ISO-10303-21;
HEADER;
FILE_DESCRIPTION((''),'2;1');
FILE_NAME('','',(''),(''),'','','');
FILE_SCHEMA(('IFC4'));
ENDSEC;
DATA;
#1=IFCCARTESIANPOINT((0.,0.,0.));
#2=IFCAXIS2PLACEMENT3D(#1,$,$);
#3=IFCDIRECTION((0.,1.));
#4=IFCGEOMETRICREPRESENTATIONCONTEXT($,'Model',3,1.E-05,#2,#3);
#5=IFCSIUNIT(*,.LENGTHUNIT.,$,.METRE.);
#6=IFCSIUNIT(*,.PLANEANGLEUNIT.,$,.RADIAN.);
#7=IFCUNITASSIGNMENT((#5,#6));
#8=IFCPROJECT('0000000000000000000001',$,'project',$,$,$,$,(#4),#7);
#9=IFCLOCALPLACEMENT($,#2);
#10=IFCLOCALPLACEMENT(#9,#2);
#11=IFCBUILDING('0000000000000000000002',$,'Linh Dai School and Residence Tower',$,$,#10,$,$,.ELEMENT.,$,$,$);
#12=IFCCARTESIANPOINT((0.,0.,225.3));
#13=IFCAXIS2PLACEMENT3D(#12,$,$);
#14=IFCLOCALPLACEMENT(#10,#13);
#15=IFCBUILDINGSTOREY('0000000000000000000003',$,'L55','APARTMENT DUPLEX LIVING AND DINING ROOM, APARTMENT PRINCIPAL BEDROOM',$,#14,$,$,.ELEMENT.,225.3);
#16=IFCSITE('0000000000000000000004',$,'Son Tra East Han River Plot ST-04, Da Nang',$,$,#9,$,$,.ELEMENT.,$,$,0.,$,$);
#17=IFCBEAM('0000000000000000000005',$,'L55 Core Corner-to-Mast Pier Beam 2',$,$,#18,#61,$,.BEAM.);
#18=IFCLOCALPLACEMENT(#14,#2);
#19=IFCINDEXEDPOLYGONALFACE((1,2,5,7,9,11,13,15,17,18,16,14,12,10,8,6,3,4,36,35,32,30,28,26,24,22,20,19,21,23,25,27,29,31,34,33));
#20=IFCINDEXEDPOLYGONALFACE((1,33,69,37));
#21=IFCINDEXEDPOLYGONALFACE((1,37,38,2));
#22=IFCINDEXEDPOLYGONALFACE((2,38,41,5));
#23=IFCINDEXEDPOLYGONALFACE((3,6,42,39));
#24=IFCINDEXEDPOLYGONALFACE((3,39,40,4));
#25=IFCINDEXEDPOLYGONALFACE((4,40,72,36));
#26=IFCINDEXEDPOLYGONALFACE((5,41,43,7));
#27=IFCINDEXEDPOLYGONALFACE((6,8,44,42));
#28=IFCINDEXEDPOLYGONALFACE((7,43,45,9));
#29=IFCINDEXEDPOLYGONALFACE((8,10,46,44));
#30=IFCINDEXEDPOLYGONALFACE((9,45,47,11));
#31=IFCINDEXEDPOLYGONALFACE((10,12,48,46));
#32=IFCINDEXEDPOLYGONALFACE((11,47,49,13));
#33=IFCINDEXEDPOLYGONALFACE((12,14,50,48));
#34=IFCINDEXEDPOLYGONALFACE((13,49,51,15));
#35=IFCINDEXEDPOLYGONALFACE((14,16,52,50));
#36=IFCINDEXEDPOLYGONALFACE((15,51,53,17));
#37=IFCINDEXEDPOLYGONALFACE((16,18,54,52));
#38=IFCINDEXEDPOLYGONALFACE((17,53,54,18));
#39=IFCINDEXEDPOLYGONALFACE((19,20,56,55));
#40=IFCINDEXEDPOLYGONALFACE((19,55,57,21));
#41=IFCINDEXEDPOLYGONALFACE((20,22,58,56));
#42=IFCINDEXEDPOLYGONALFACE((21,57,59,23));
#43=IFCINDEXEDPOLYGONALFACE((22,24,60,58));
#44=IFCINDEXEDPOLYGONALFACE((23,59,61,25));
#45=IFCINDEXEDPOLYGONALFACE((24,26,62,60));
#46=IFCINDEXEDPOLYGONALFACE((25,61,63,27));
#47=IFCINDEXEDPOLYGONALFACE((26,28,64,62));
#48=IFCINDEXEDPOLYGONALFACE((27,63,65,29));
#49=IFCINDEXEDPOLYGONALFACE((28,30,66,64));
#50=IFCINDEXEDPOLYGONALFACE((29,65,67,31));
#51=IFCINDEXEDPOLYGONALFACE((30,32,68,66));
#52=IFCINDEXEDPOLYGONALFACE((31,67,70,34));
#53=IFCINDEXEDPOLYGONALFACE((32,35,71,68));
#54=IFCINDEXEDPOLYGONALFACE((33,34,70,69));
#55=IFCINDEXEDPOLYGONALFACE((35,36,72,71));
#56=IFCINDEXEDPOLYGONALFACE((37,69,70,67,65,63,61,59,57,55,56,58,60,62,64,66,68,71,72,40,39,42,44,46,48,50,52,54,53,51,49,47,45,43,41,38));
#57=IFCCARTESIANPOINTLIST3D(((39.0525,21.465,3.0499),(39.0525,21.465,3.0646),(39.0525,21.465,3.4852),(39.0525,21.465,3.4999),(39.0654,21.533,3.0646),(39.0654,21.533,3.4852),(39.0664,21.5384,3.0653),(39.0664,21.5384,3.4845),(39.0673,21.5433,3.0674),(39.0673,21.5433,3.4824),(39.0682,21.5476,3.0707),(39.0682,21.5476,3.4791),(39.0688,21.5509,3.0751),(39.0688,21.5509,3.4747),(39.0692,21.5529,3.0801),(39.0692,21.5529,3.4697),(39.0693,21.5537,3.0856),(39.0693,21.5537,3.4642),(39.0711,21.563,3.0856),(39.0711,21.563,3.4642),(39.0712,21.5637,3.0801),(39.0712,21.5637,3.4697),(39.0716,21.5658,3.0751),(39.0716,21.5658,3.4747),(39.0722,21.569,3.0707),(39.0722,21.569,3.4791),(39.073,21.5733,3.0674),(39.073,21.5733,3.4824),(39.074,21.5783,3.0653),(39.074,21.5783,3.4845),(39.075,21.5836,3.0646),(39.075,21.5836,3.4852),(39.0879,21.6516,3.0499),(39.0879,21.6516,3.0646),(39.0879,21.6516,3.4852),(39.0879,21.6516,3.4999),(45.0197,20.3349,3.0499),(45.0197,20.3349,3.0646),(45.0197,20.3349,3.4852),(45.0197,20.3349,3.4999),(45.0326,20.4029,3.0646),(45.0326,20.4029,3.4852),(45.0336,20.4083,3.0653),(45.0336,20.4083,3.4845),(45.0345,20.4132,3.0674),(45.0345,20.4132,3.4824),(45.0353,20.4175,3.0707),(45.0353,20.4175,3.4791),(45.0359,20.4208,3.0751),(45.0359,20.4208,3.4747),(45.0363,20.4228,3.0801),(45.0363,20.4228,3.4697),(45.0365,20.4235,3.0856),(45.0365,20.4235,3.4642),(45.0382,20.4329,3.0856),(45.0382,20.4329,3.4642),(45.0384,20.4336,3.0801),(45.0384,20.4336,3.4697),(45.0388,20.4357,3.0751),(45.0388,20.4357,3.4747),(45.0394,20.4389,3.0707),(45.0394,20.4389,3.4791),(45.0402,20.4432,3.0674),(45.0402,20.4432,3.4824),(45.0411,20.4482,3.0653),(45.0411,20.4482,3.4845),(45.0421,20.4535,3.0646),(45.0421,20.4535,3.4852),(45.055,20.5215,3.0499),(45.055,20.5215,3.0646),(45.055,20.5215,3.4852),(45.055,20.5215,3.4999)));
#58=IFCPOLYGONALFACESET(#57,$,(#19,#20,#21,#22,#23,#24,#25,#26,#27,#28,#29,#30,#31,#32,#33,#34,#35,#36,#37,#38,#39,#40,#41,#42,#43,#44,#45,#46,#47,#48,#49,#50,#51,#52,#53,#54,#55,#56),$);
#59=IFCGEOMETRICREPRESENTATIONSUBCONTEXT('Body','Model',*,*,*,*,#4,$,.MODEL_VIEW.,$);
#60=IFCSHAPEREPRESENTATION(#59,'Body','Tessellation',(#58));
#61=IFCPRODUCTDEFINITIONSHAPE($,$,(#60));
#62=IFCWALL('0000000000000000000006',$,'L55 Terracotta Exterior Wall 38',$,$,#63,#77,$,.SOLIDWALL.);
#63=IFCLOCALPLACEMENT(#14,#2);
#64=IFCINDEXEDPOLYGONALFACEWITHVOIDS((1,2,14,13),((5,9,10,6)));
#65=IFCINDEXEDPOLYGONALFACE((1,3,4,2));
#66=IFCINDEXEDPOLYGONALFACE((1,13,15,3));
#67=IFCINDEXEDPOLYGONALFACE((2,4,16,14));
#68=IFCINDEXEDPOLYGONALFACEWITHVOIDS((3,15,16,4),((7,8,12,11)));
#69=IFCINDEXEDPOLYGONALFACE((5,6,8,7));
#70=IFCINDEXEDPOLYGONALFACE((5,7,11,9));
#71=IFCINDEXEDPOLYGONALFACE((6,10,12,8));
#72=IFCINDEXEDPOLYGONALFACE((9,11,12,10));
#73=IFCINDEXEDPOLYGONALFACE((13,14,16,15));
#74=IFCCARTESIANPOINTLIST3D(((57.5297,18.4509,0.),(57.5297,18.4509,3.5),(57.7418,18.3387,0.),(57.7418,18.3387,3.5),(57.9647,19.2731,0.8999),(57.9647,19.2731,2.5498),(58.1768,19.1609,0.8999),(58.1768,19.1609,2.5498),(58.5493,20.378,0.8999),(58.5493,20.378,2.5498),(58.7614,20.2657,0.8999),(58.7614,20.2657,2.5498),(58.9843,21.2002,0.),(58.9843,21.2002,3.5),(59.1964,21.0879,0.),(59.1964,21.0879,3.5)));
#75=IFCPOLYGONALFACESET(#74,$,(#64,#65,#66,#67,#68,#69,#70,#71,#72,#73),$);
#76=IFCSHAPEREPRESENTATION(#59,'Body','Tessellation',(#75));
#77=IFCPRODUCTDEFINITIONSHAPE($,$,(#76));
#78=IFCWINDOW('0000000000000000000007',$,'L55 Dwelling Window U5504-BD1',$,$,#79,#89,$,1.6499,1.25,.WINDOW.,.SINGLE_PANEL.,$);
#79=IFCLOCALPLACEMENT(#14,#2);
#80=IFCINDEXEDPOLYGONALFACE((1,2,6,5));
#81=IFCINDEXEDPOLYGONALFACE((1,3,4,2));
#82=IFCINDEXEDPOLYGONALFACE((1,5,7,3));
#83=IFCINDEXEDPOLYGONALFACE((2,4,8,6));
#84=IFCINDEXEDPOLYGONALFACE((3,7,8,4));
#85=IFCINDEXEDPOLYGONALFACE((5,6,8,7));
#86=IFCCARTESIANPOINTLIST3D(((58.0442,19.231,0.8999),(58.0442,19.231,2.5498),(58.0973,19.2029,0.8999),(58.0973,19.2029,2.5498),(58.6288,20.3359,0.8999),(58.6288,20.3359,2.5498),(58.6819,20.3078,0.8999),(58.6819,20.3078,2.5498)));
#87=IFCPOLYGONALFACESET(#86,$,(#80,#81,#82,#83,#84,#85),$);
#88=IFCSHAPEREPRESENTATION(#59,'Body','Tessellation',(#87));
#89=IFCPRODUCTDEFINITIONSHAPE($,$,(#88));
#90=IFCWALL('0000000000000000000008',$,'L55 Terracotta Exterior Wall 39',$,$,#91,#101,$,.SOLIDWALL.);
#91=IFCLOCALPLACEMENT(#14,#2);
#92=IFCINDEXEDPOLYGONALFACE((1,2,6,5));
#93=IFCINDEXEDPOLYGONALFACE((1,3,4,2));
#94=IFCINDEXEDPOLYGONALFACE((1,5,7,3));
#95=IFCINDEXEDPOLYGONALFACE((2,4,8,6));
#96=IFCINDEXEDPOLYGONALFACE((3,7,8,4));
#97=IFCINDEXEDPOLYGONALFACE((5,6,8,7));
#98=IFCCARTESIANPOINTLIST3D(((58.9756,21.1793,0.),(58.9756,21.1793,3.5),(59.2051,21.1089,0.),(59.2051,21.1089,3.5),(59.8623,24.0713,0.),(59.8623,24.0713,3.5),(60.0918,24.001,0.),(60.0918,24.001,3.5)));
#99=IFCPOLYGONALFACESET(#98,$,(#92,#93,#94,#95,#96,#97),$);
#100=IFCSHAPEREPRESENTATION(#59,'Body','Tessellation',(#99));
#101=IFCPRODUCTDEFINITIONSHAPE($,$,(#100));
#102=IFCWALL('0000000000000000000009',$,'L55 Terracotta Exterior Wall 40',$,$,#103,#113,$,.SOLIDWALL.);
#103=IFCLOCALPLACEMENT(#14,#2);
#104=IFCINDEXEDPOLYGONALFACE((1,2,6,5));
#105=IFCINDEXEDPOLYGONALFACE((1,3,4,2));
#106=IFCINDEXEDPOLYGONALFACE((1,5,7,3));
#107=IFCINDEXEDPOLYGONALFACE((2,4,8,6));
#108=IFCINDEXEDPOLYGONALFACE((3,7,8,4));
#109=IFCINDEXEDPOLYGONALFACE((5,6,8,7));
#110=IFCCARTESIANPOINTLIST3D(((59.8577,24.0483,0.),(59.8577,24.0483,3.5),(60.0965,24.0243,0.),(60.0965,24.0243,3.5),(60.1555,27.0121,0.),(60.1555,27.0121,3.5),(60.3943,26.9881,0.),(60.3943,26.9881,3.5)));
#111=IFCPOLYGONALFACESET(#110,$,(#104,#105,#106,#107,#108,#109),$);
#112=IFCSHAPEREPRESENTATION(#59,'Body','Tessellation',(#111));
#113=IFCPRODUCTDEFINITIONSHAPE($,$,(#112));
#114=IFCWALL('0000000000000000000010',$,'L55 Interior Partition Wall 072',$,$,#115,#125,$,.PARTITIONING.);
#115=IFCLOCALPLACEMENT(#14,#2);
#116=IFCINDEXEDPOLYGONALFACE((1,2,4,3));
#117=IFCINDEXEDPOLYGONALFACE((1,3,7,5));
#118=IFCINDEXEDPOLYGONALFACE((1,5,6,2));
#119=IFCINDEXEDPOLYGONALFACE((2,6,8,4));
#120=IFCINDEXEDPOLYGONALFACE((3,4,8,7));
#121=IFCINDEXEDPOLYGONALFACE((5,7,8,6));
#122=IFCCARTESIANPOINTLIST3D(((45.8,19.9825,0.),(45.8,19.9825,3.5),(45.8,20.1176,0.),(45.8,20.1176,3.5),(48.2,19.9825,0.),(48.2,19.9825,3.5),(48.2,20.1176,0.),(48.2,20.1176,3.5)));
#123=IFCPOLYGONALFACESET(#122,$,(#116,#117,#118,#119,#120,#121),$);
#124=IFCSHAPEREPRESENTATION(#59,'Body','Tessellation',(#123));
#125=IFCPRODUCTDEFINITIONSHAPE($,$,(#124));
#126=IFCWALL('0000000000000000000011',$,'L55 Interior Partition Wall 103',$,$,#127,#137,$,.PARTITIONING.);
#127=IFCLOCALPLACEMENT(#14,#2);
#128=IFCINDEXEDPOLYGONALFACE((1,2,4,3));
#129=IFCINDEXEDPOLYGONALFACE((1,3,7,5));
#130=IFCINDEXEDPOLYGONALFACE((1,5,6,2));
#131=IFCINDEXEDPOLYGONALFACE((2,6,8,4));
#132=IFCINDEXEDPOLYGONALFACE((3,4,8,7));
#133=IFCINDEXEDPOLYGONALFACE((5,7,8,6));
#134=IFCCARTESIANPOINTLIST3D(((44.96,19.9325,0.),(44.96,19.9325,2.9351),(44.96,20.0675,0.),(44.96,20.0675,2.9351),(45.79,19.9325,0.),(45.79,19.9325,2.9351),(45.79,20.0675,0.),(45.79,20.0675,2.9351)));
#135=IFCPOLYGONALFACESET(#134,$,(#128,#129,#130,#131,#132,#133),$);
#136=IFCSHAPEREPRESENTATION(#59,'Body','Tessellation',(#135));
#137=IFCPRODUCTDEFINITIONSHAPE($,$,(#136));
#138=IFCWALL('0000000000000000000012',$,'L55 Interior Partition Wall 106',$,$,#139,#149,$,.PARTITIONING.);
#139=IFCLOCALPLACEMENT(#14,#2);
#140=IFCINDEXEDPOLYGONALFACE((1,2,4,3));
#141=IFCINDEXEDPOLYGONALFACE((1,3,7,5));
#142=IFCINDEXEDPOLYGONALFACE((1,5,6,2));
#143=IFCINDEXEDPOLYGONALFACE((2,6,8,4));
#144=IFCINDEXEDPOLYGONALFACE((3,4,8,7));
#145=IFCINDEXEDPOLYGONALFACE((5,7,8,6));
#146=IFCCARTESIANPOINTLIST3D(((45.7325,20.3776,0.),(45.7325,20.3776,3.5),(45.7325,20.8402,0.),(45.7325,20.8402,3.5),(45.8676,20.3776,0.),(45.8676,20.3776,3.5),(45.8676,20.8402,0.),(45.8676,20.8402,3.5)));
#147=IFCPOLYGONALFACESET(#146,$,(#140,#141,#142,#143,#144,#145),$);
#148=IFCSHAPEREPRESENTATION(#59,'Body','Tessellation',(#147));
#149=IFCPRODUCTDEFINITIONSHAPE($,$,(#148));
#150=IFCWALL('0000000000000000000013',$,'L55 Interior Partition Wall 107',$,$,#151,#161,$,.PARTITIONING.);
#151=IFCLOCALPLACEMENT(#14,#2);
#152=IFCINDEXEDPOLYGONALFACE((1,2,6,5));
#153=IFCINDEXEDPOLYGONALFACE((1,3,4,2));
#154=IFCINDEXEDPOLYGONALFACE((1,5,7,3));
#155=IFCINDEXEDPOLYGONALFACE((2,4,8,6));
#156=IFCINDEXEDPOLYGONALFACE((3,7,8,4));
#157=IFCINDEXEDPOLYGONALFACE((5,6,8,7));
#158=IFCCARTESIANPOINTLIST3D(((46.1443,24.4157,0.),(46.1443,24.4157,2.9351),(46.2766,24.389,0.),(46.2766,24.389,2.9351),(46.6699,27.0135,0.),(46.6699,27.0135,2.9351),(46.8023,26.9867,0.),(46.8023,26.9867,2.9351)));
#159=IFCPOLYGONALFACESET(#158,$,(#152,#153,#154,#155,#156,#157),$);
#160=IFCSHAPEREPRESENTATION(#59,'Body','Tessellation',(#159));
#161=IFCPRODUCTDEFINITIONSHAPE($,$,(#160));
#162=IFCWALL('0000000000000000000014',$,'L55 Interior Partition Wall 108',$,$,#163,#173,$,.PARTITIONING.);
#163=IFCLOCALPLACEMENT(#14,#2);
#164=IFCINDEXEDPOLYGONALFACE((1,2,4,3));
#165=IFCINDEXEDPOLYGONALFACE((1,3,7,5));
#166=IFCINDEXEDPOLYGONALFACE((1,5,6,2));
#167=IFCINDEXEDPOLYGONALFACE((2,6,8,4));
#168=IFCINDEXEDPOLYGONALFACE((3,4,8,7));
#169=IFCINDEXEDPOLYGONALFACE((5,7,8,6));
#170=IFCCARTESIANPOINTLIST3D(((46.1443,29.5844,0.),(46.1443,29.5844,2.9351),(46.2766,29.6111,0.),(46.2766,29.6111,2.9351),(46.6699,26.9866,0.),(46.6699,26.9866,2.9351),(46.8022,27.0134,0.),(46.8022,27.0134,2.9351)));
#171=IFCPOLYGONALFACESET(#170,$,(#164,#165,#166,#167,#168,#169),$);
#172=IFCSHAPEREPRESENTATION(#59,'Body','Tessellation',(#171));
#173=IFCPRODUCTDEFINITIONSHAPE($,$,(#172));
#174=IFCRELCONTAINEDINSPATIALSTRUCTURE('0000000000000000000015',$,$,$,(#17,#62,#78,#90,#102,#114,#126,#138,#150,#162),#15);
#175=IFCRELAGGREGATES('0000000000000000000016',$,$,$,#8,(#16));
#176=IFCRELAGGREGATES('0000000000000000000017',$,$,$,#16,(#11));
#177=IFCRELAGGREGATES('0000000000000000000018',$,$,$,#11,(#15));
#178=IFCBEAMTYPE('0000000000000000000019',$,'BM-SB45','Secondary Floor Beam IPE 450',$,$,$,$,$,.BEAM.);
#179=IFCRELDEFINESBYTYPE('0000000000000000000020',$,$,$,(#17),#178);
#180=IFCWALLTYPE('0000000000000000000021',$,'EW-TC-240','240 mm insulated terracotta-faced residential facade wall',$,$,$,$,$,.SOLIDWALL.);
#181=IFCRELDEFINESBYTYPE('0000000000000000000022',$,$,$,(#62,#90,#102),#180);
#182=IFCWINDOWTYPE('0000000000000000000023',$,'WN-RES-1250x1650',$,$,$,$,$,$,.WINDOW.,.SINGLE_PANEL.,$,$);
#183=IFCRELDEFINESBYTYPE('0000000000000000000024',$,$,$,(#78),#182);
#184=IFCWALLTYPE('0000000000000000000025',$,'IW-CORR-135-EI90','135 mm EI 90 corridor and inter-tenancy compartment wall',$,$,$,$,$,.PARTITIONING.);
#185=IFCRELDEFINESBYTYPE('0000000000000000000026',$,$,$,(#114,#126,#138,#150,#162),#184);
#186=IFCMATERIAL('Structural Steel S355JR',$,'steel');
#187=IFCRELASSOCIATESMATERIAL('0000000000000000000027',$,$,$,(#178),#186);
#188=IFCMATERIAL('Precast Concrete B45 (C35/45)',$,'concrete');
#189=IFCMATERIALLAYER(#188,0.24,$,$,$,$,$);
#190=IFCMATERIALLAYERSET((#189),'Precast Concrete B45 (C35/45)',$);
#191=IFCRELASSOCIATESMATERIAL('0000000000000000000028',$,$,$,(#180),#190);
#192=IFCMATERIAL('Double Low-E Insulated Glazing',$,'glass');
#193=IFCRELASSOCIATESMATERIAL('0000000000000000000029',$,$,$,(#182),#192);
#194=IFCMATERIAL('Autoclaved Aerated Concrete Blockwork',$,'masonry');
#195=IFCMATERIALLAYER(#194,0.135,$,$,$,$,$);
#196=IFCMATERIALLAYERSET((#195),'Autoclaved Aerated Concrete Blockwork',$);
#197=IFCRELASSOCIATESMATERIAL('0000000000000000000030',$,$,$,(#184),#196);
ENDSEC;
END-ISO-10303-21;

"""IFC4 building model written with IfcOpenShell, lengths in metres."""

from ifc_helpers import new_model, si_unit, direction, frame, frame_2d, origin, origin_2d, place, context, subcontext, project, spatial, rectangle, i_section, extrude, source, transform, mapped, material, layer, layer_set, material_profile, profile_set, type_object, element, fill, save


model = new_model("IFC4")

# Units and contexts
model_context = context("Model", 3, precision=1e-05, world=origin(), true_north=direction((0.0, 1.0)))
body_context = subcontext(model_context, "Body", "Model", "MODEL_VIEW")
ifc_project = project(units=[si_unit("LENGTHUNIT", "METRE"), si_unit("PLANEANGLEUNIT", "RADIAN")], contexts=[model_context])

# Site, building, storey
site_placement = place(None, origin())
site = spatial("IfcSite", under=ifc_project, at=site_placement, Name="Son Tra East Han River Plot ST-04, Da Nang", CompositionType="ELEMENT", RefElevation=0.0)
building_placement = place(site_placement, origin())
building = spatial("IfcBuilding", under=site, at=building_placement, Name="Linh Dai School and Residence Tower", CompositionType="ELEMENT")
storey_placement = place(building_placement, frame((0.0, 0.0, 225.3)))
storey = spatial("IfcBuildingStorey", under=building, at=storey_placement, Name="L55", Description="APARTMENT DUPLEX LIVING AND DINING ROOM, APARTMENT PRINCIPAL BEDROOM", CompositionType="ELEMENT", Elevation=225.3)

# Shared definitions
ifc_material_1 = material(Name="Structural Steel S355JR", Category="steel")

# Beam
ifc_material_profile_1 = material_profile(ifc_material_1, i_section(OverallWidth=0.1899, OverallDepth=0.45, WebThickness=0.0095, FlangeThickness=0.0146, FilletRadius=0.021, at=origin_2d()), Name="IPE 450")
ifc_profile_set_1 = profile_set([ifc_material_profile_1], Name="Structural Steel S355JR")
beam_type_1 = type_object("IfcBeamType", Name="BM-SB45", Description="Secondary Floor Beam IPE 450", PredefinedType="BEAM", material=ifc_profile_set_1)
beam_1_placement = place(storey_placement, frame((45.0374, 20.4282, 3.2749), z_axis=(-0.982535, 0.186079, 0.0), x_axis=(-0.186079, -0.982535, 0.0)))
element("IfcBeam", 1, at=beam_1_placement, inside=storey, type_object=beam_type_1, Name="L55 Core Corner-to-Mast Pier Beam 2", PredefinedType="BEAM", context=body_context, shape_type="SweptSolid", body=[
    extrude(i_section(OverallWidth=0.1899, OverallDepth=0.45, WebThickness=0.0095, FlangeThickness=0.0146, FilletRadius=0.021, at=origin_2d()), origin(), (0.0, 0.0, 1.0), 6.0732),
])

# Wall, opening, window
ifc_material_2 = material(Name="Precast Concrete B45 (C35/45)", Category="concrete")
ifc_layer_1 = layer(ifc_material_2, 0.24)
ifc_layer_set_1 = layer_set([ifc_layer_1], Name="Precast Concrete B45 (C35/45)")
wall_type_1 = type_object("IfcWallType", Name="EW-TC-240", Description="240 mm insulated terracotta-faced residential facade wall", PredefinedType="SOLIDWALL", material=ifc_layer_set_1)
wall_1_placement = place(storey_placement, frame((59.0903, 21.144, 0.0), z_axis=(0.0, 0.0, 1.0), x_axis=(-0.46766, -0.883908, 0.0)))
wall_1 = element("IfcWall", 2, at=wall_1_placement, inside=storey, type_object=wall_type_1, Name="L55 Terracotta Exterior Wall 38", PredefinedType="SOLIDWALL", context=body_context, shape_type="SweptSolid", body=[
    extrude(rectangle(XDim=3.1104, YDim=0.24, at=frame_2d((1.5552, 0.0))), origin(), (0.0, 0.0, 1.0), 3.5),
])
opening_1_placement = place(wall_1_placement, frame((0.9302, 0.0, 0.8999)))
opening_1 = element("IfcOpeningElement", 3, at=opening_1_placement, cuts=wall_1, PredefinedType="OPENING", context=body_context, shape_type="SweptSolid", body=[
    extrude(rectangle(XDim=1.25, YDim=1.6499, at=origin_2d()), frame((0.625, 0.1299, 0.825), z_axis=(0.0, -1.0, 0.0), x_axis=(1.0, 0.0, 0.0)), (0.0, 0.0, 1.0), 0.26),
])
ifc_material_3 = material(Name="Double Low-E Insulated Glazing", Category="glass")
window_type = type_object("IfcWindowType", Name="WN-RES-1250x1650", PartitioningType="SINGLE_PANEL", PredefinedType="WINDOW", material=ifc_material_3)
shared_shape_1 = source(origin(), body_context, "Body", "SweptSolid", [
    extrude(rectangle(XDim=1.25, YDim=1.6499, at=origin_2d()), frame((0.625, 0.03, 0.825), z_axis=(0.0, -1.0, 0.0), x_axis=(1.0, 0.0, 0.0)), (0.0, 0.0, 1.0), 0.0601),
])
window_placement = place(opening_1_placement, origin())
window = element("IfcWindow", 4, at=window_placement, inside=storey, type_object=window_type, Name="L55 Dwelling Window U5504-BD1", OverallHeight=1.6499, OverallWidth=1.25, PartitioningType="SINGLE_PANEL", PredefinedType="WINDOW", context=body_context, shape_type="MappedRepresentation", body=[
    mapped(shared_shape_1, transform((0.0, 0.0, 0.0), x_axis=(1.0, 0.0, 0.0), y_axis=(0.0, 1.0, 0.0), z_axis=(0.0, 0.0, 1.0), scale=1.0)),
])
fill(opening_1, window)

# Walls
wall_2_placement = place(storey_placement, frame((59.9771, 24.0361, 0.0), z_axis=(0.0, 0.0, 1.0), x_axis=(-0.293133, -0.956072, 0.0)))
element("IfcWall", 5, at=wall_2_placement, inside=storey, type_object=wall_type_1, Name="L55 Terracotta Exterior Wall 39", PredefinedType="SOLIDWALL", context=body_context, shape_type="SweptSolid", body=[
    extrude(rectangle(XDim=3.0249, YDim=0.24, at=frame_2d((1.5125, 0.0))), origin(), (0.0, 0.0, 1.0), 3.5),
])
wall_3_placement = place(storey_placement, frame((60.2749, 27.0, 0.0), z_axis=(0.0, 0.0, 1.0), x_axis=(-0.099991, -0.994988, 0.0)))
element("IfcWall", 6, at=wall_3_placement, inside=storey, type_object=wall_type_1, Name="L55 Terracotta Exterior Wall 40", PredefinedType="SOLIDWALL", context=body_context, shape_type="SweptSolid", body=[
    extrude(rectangle(XDim=2.9788, YDim=0.24, at=frame_2d((1.4893, 0.0))), origin(), (0.0, 0.0, 1.0), 3.5),
])
ifc_material_4 = material(Name="Autoclaved Aerated Concrete Blockwork", Category="masonry")
ifc_layer_2 = layer(ifc_material_4, 0.135)
ifc_layer_set_2 = layer_set([ifc_layer_2], Name="Autoclaved Aerated Concrete Blockwork")
wall_type_2 = type_object("IfcWallType", Name="IW-CORR-135-EI90", Description="135 mm EI 90 corridor and inter-tenancy compartment wall", PredefinedType="PARTITIONING", material=ifc_layer_set_2)
wall_4_placement = place(storey_placement, frame((45.8, 20.05, 0.0), z_axis=(0.0, 0.0, 1.0), x_axis=(1.0, 0.0, 0.0)))
element("IfcWall", 7, at=wall_4_placement, inside=storey, type_object=wall_type_2, Name="L55 Interior Partition Wall 072", PredefinedType="PARTITIONING", context=body_context, shape_type="SweptSolid", body=[
    extrude(rectangle(XDim=2.3999, YDim=0.135, at=frame_2d((1.2, 0.0))), origin(), (0.0, 0.0, 1.0), 3.5),
])
wall_5_placement = place(storey_placement, frame((44.96, 20.0, 0.0), z_axis=(0.0, 0.0, 1.0), x_axis=(1.0, 0.0, 0.0)))
element("IfcWall", 8, at=wall_5_placement, inside=storey, type_object=wall_type_2, Name="L55 Interior Partition Wall 103", PredefinedType="PARTITIONING", context=body_context, shape_type="SweptSolid", body=[
    extrude(rectangle(XDim=0.8301, YDim=0.135, at=frame_2d((0.415, 0.0))), origin(), (0.0, 0.0, 1.0), 2.9351),
])
wall_6_placement = place(storey_placement, frame((45.8, 20.3774, 0.0), z_axis=(0.0, 0.0, 1.0), x_axis=(0.0, 1.0, 0.0)))
element("IfcWall", 9, at=wall_6_placement, inside=storey, type_object=wall_type_2, Name="L55 Interior Partition Wall 106", PredefinedType="PARTITIONING", context=body_context, shape_type="SweptSolid", body=[
    extrude(rectangle(XDim=0.4626, YDim=0.135, at=frame_2d((0.2314, 0.0))), origin(), (0.0, 0.0, 1.0), 3.5),
])
for number, where, z_axis, x_axis, name in (
    (10, (46.2104, 24.4023, 0.0), (0.0, 0.0, 1.0), (0.19833, 0.980135, 0.0), "L55 Interior Partition Wall 107"),
    (11, (46.7361, 27.0, 0.0), (0.0, 0.0, 1.0), (-0.19833, 0.980135, 0.0), "L55 Interior Partition Wall 108"),
):
    element("IfcWall", number, at=place(storey_placement, frame(where, z_axis=z_axis, x_axis=x_axis)), inside=storey, type_object=wall_type_2, Name=name, PredefinedType="PARTITIONING", context=body_context, shape_type="SweptSolid", body=[
        extrude(rectangle(XDim=2.6504, YDim=0.135, at=frame_2d((1.3252, 0.0))), origin(), (0.0, 0.0, 1.0), 2.9351),
    ])

save(model, "model.ifc")
